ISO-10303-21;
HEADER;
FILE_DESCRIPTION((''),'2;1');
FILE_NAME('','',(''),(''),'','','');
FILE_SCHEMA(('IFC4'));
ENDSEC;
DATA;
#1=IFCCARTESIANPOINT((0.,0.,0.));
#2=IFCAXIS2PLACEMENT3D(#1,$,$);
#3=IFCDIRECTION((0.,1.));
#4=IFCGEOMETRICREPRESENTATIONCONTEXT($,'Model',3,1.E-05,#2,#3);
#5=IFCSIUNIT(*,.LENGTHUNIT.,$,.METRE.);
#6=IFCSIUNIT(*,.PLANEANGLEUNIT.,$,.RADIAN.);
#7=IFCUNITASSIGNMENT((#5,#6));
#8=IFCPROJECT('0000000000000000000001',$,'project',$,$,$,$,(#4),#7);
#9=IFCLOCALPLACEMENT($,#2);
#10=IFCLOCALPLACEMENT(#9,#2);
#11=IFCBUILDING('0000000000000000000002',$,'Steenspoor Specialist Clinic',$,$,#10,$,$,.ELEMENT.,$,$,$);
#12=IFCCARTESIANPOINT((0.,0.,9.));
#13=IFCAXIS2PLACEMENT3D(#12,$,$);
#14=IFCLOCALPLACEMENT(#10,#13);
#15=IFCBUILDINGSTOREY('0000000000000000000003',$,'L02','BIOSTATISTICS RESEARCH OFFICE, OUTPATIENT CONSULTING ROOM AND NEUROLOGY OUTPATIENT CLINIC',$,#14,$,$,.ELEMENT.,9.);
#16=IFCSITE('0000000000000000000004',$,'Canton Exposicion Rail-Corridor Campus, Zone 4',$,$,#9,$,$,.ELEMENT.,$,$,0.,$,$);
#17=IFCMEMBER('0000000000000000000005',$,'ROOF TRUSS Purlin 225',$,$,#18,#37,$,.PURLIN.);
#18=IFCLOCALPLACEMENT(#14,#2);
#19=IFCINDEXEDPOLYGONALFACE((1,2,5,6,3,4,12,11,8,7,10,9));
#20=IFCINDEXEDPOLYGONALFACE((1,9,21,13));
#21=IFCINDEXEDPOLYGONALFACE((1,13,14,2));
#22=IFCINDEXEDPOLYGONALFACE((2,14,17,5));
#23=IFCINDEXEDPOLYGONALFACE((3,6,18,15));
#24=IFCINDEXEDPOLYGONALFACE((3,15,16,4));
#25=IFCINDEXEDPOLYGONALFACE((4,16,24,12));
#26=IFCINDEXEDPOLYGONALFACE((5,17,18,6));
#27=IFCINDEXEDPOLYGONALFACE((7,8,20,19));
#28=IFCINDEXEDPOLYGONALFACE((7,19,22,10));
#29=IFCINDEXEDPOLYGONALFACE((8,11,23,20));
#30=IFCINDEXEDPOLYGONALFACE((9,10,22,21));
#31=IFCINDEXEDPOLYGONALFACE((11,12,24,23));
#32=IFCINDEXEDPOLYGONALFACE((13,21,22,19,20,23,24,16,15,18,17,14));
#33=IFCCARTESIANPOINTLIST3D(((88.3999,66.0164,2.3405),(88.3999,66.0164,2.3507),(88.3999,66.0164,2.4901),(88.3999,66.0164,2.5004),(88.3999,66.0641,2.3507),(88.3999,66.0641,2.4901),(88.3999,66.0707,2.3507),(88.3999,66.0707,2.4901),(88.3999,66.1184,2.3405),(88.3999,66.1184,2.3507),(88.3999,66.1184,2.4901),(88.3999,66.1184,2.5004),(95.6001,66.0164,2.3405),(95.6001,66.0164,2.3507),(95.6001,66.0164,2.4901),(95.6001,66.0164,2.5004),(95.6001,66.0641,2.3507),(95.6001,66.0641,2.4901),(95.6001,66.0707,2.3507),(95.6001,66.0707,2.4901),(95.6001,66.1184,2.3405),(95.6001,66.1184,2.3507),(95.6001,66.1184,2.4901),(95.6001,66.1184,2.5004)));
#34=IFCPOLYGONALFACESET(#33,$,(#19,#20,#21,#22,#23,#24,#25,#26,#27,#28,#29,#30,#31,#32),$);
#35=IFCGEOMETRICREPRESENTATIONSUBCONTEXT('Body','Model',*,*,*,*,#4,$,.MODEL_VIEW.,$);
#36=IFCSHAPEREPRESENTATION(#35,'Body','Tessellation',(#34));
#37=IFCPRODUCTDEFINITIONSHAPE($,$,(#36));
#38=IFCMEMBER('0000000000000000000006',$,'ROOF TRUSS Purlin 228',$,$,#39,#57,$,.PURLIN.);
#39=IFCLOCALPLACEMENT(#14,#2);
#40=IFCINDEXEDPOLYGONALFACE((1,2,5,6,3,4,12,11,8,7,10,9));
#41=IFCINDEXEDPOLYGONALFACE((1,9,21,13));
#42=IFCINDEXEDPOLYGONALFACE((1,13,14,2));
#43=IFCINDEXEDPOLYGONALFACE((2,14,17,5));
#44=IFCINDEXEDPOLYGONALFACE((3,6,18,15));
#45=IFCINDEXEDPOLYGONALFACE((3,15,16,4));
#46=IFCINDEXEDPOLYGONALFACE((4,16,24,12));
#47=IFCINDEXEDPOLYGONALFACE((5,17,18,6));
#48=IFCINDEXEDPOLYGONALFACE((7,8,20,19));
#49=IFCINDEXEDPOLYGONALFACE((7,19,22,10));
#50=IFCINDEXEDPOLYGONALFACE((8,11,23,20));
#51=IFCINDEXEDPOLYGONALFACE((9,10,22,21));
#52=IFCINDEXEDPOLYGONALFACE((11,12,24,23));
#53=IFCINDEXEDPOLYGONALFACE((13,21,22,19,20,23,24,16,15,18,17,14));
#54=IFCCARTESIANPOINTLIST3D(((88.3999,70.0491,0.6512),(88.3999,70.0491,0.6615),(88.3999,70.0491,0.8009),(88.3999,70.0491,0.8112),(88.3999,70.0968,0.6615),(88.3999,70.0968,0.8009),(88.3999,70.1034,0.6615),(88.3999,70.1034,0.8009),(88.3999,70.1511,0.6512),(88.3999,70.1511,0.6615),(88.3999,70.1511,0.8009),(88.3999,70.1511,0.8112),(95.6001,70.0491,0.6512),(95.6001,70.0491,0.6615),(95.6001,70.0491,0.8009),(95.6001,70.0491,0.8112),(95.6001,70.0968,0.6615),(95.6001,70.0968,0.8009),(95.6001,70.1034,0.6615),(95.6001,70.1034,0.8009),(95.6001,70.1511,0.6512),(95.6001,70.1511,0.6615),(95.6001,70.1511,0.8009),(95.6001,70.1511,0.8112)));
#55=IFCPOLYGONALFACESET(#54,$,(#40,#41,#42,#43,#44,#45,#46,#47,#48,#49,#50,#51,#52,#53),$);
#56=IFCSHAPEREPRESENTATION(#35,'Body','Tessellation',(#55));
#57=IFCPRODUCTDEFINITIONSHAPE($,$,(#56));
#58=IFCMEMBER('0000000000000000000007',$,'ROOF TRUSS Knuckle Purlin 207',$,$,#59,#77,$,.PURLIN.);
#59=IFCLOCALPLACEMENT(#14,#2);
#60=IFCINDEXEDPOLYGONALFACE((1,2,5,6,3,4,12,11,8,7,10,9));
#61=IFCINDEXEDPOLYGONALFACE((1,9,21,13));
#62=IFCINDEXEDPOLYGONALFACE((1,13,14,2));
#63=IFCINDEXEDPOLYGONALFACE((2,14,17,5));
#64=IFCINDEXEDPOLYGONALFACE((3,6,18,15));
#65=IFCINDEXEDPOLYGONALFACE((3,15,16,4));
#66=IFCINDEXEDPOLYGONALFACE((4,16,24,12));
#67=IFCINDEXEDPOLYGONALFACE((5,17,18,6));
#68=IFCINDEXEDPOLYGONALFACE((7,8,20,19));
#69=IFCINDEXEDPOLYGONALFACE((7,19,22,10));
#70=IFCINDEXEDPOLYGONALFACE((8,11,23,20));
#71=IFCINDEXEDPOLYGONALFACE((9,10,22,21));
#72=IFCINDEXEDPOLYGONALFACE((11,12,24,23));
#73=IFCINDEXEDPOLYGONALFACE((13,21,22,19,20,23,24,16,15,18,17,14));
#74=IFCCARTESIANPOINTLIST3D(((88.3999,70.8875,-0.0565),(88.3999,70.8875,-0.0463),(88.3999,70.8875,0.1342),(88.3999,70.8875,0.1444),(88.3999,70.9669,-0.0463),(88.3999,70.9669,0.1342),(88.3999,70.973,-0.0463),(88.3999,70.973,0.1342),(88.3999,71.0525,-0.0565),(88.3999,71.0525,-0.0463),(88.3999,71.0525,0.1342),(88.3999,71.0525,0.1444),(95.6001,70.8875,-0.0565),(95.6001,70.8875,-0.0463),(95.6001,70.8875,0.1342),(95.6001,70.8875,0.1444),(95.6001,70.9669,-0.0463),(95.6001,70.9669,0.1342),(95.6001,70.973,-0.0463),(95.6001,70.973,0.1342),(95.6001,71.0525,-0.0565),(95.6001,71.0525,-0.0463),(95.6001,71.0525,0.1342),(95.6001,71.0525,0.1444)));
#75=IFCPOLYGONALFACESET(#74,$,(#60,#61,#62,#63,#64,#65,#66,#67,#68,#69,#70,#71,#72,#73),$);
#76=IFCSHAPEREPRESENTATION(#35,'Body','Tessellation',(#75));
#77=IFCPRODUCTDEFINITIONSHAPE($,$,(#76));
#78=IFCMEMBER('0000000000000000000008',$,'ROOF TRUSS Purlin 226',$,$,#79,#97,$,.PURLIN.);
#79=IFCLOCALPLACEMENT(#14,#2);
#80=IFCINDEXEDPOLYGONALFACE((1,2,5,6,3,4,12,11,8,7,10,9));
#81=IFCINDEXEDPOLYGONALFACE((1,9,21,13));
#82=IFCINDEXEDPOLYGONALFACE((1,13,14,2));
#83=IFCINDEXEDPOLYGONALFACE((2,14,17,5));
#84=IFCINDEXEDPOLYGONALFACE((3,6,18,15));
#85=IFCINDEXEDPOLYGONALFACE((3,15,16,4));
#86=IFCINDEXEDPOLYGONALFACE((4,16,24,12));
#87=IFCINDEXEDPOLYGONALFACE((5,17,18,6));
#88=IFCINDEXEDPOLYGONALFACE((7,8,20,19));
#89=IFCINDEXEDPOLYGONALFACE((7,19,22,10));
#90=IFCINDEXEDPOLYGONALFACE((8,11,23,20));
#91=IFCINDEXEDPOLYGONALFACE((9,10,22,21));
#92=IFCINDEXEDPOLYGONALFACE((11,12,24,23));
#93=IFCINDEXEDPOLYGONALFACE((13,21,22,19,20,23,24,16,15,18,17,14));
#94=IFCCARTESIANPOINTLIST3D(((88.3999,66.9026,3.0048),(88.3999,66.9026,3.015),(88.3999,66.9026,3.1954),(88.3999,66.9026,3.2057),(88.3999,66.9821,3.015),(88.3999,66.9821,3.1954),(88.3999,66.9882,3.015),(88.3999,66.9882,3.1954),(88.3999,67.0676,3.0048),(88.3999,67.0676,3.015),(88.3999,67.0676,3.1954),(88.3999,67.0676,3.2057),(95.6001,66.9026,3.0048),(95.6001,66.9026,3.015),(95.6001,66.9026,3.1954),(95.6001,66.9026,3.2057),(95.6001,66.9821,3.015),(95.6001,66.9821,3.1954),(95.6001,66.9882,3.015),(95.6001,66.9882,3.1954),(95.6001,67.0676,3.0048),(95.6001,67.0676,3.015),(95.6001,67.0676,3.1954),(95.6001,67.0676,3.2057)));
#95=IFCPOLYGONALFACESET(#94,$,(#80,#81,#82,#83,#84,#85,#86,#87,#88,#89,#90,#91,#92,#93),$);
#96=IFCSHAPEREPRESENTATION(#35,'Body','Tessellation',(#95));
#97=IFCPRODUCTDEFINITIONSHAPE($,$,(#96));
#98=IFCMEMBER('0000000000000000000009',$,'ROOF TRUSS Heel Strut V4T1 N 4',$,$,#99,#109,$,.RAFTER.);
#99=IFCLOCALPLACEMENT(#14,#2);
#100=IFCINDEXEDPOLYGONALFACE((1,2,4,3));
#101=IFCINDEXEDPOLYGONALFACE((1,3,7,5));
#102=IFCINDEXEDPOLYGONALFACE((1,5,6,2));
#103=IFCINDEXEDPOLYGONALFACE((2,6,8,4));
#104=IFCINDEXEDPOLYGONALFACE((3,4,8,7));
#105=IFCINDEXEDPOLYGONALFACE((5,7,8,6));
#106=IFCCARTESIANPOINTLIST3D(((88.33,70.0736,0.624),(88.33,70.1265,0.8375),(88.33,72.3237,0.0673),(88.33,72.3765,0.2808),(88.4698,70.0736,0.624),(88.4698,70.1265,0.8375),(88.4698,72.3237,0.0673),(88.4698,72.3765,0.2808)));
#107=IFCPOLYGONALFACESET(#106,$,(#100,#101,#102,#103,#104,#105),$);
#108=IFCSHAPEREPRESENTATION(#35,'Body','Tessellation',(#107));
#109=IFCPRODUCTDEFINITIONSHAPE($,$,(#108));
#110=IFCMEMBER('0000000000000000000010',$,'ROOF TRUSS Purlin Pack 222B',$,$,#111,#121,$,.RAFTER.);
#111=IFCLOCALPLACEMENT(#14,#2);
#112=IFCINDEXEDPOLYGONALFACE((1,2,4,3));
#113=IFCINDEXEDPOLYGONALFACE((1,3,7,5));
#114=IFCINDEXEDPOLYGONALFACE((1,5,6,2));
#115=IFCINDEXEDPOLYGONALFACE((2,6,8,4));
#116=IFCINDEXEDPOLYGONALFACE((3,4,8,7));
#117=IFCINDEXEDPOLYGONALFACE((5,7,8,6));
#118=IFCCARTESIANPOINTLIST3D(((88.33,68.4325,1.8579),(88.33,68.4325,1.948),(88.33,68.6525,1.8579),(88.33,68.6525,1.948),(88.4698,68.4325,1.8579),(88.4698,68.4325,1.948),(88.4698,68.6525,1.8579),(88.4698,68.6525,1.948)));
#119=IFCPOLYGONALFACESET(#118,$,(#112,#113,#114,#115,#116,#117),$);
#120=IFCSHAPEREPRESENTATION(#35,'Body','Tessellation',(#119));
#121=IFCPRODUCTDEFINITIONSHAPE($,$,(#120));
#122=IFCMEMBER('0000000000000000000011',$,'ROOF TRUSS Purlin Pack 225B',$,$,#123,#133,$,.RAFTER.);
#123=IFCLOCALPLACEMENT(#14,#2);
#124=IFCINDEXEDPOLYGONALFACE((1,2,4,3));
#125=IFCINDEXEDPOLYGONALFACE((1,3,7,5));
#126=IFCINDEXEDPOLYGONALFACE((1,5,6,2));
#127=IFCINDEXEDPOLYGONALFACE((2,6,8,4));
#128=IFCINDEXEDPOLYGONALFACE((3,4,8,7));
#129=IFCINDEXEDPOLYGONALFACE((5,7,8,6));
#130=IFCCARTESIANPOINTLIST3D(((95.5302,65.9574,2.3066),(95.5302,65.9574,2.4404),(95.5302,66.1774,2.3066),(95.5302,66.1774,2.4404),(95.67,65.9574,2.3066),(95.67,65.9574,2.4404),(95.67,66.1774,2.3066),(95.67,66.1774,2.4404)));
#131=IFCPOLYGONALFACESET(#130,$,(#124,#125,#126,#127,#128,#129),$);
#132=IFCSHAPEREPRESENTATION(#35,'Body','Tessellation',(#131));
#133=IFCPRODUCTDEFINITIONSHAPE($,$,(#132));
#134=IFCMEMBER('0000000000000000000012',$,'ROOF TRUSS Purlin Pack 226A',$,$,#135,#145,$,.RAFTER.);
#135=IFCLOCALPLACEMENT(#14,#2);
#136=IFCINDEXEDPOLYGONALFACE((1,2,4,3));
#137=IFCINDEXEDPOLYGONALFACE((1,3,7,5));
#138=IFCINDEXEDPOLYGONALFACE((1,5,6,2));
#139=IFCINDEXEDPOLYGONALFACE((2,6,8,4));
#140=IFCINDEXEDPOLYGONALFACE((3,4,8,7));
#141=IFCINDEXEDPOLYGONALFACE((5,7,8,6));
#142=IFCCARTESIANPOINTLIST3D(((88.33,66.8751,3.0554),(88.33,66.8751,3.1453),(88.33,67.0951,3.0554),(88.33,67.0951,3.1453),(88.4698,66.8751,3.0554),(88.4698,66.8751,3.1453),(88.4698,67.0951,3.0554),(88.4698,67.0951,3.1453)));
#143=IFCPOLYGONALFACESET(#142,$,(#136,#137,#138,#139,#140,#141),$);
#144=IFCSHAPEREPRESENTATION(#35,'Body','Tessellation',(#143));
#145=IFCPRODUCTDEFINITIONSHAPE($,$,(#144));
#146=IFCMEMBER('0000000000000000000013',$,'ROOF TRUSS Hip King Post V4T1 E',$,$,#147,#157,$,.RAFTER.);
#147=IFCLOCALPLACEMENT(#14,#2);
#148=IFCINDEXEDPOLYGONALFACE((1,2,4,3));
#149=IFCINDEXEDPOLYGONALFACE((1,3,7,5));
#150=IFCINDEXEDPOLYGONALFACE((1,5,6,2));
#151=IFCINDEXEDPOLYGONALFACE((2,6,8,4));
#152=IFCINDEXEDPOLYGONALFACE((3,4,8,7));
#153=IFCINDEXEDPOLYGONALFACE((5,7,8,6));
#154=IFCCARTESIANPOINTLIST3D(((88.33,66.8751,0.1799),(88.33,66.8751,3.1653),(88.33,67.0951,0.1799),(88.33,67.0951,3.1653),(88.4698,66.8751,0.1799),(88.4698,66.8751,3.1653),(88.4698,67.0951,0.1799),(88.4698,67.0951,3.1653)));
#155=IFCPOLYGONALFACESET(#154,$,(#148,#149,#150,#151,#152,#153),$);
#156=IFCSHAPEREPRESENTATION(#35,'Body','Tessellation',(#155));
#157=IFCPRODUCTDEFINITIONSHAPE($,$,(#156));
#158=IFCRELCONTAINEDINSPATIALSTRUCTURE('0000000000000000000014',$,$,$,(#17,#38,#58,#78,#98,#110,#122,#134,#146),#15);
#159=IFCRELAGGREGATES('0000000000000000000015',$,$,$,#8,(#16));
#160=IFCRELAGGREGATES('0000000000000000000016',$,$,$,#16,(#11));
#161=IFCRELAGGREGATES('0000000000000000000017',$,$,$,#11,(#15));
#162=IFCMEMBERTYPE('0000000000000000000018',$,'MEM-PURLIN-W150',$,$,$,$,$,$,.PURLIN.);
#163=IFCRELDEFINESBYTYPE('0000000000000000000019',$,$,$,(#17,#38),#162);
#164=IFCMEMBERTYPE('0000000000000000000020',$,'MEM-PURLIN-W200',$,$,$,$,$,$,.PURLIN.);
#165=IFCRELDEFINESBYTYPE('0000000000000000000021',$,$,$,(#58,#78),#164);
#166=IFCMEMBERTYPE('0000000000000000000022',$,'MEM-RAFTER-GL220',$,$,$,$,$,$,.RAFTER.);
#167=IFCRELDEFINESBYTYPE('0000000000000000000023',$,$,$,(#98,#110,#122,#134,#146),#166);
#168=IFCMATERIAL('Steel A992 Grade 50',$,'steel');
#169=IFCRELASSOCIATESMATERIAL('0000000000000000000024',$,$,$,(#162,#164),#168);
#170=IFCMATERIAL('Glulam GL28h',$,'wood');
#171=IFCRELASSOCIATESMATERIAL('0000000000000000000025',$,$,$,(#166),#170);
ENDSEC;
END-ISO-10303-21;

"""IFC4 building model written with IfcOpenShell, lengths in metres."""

from ifc_helpers import new_model, si_unit, direction, frame, origin, origin_2d, place, context, subcontext, project, spatial, rectangle, i_section, extrude, material, material_profile, profile_set, type_object, element, save


model = new_model("IFC4")

# Units and contexts
model_context = context("Model", 3, precision=1e-05, world=origin(), true_north=direction((0.0, 1.0)))
body_context = subcontext(model_context, "Body", "Model", "MODEL_VIEW")
ifc_project = project(units=[si_unit("LENGTHUNIT", "METRE"), si_unit("PLANEANGLEUNIT", "RADIAN")], contexts=[model_context])

# Site, building, storey
site_placement = place(None, origin())
site = spatial("IfcSite", under=ifc_project, at=site_placement, Name="Canton Exposicion Rail-Corridor Campus, Zone 4", CompositionType="ELEMENT", RefElevation=0.0)
building_placement = place(site_placement, origin())
building = spatial("IfcBuilding", under=site, at=building_placement, Name="Steenspoor Specialist Clinic", CompositionType="ELEMENT")
storey_placement = place(building_placement, frame((0.0, 0.0, 9.0)))
storey = spatial("IfcBuildingStorey", under=building, at=storey_placement, Name="L02", Description="BIOSTATISTICS RESEARCH OFFICE, OUTPATIENT CONSULTING ROOM AND NEUROLOGY OUTPATIENT CLINIC", CompositionType="ELEMENT", Elevation=9.0)

# Members
ifc_material_1 = material(Name="Steel A992 Grade 50", Category="steel")
ifc_material_profile_1 = material_profile(ifc_material_1, i_section(OverallWidth=0.1021, OverallDepth=0.1599, WebThickness=0.0066, FlangeThickness=0.0103, at=origin_2d()), Name="W150X24")
ifc_profile_set_1 = profile_set([ifc_material_profile_1], Name="Steel A992 Grade 50")
member_type_1 = type_object("IfcMemberType", Name="MEM-PURLIN-W150", PredefinedType="PURLIN", material=ifc_profile_set_1)
for number, where, z_axis, x_axis, name in (
    (1, (88.3999, 66.0674, 2.4204), (1.0, 0.0, 0.0), (0.0, 1.0, 0.0), "ROOF TRUSS Purlin 225"),
    (2, (88.3999, 70.1001, 0.7312), (1.0, 0.0, 0.0), (0.0, 1.0, 0.0), "ROOF TRUSS Purlin 228"),
):
    element("IfcMember", number, at=place(storey_placement, frame(where, z_axis=z_axis, x_axis=x_axis)), inside=storey, type_object=member_type_1, Name=name, PredefinedType="PURLIN", context=body_context, shape_type="SweptSolid", body=[
        extrude(i_section(OverallWidth=0.1021, OverallDepth=0.1599, WebThickness=0.0066, FlangeThickness=0.0103, at=origin_2d()), origin(), (0.0, 0.0, 1.0), 7.2002),
    ])
ifc_material_profile_2 = material_profile(ifc_material_1, i_section(OverallWidth=0.165, OverallDepth=0.2009, WebThickness=0.0061, FlangeThickness=0.0103, at=origin_2d()), Name="W200X36")
ifc_profile_set_2 = profile_set([ifc_material_profile_2], Name="Steel A992 Grade 50")
member_type_2 = type_object("IfcMemberType", Name="MEM-PURLIN-W200", PredefinedType="PURLIN", material=ifc_profile_set_2)
for number, where, z_axis, x_axis, name in (
    (3, (88.3999, 70.97, 0.0439), (1.0, 0.0, 0.0), (0.0, 1.0, 0.0), "ROOF TRUSS Knuckle Purlin 207"),
    (4, (88.3999, 66.9851, 3.1052), (1.0, 0.0, 0.0), (0.0, 1.0, 0.0), "ROOF TRUSS Purlin 226"),
):
    element("IfcMember", number, at=place(storey_placement, frame(where, z_axis=z_axis, x_axis=x_axis)), inside=storey, type_object=member_type_2, Name=name, PredefinedType="PURLIN", context=body_context, shape_type="SweptSolid", body=[
        extrude(i_section(OverallWidth=0.165, OverallDepth=0.2009, WebThickness=0.0061, FlangeThickness=0.0103, at=origin_2d()), origin(), (0.0, 0.0, 1.0), 7.2002),
    ])
ifc_material_2 = material(Name="Glulam GL28h", Category="wood")
ifc_material_profile_3 = material_profile(ifc_material_2, rectangle(XDim=0.1399, YDim=0.22, at=origin_2d()), Name="GL28H-140X220")
ifc_profile_set_3 = profile_set([ifc_material_profile_3], Name="Glulam GL28h")
member_type_3 = type_object("IfcMemberType", Name="MEM-RAFTER-GL220", PredefinedType="RAFTER", material=ifc_profile_set_3)
member_1_placement = place(storey_placement, frame((88.3999, 72.3501, 0.1741), z_axis=(0.0, -0.970734, 0.240156), x_axis=(1.0, 0.0, 0.0)))
element("IfcMember", 5, at=member_1_placement, inside=storey, type_object=member_type_3, Name="ROOF TRUSS Heel Strut V4T1 N 4", PredefinedType="RAFTER", context=body_context, shape_type="SweptSolid", body=[
    extrude(rectangle(XDim=0.1399, YDim=0.22, at=origin_2d()), origin(), (0.0, 0.0, 1.0), 2.3179),
])
member_2_placement = place(storey_placement, frame((88.3999, 68.5425, 1.8579), z_axis=(0.0, 0.0, 1.0), x_axis=(1.0, 0.0, 0.0)))
element("IfcMember", 6, at=member_2_placement, inside=storey, type_object=member_type_3, Name="ROOF TRUSS Purlin Pack 222B", PredefinedType="RAFTER", context=body_context, shape_type="SweptSolid", body=[
    extrude(rectangle(XDim=0.1399, YDim=0.22, at=origin_2d()), origin(), (0.0, 0.0, 1.0), 0.0901),
])
member_3_placement = place(storey_placement, frame((95.6001, 66.0674, 2.3066), z_axis=(0.0, 0.0, 1.0), x_axis=(1.0, 0.0, 0.0)))
element("IfcMember", 7, at=member_3_placement, inside=storey, type_object=member_type_3, Name="ROOF TRUSS Purlin Pack 225B", PredefinedType="RAFTER", context=body_context, shape_type="SweptSolid", body=[
    extrude(rectangle(XDim=0.1399, YDim=0.22, at=origin_2d()), origin(), (0.0, 0.0, 1.0), 0.1338),
])
member_4_placement = place(storey_placement, frame((88.3999, 66.9851, 3.0554), z_axis=(0.0, 0.0, 1.0), x_axis=(1.0, 0.0, 0.0)))
element("IfcMember", 8, at=member_4_placement, inside=storey, type_object=member_type_3, Name="ROOF TRUSS Purlin Pack 226A", PredefinedType="RAFTER", context=body_context, shape_type="SweptSolid", body=[
    extrude(rectangle(XDim=0.1399, YDim=0.22, at=origin_2d()), origin(), (0.0, 0.0, 1.0), 0.0898),
])
member_5_placement = place(storey_placement, frame((88.3999, 66.9851, 0.1799), z_axis=(0.0, 0.0, 1.0), x_axis=(1.0, 0.0, 0.0)))
element("IfcMember", 9, at=member_5_placement, inside=storey, type_object=member_type_3, Name="ROOF TRUSS Hip King Post V4T1 E", PredefinedType="RAFTER", context=body_context, shape_type="SweptSolid", body=[
    extrude(rectangle(XDim=0.1399, YDim=0.22, at=origin_2d()), origin(), (0.0, 0.0, 1.0), 2.9854),
])

save(model, "model.ifc")
